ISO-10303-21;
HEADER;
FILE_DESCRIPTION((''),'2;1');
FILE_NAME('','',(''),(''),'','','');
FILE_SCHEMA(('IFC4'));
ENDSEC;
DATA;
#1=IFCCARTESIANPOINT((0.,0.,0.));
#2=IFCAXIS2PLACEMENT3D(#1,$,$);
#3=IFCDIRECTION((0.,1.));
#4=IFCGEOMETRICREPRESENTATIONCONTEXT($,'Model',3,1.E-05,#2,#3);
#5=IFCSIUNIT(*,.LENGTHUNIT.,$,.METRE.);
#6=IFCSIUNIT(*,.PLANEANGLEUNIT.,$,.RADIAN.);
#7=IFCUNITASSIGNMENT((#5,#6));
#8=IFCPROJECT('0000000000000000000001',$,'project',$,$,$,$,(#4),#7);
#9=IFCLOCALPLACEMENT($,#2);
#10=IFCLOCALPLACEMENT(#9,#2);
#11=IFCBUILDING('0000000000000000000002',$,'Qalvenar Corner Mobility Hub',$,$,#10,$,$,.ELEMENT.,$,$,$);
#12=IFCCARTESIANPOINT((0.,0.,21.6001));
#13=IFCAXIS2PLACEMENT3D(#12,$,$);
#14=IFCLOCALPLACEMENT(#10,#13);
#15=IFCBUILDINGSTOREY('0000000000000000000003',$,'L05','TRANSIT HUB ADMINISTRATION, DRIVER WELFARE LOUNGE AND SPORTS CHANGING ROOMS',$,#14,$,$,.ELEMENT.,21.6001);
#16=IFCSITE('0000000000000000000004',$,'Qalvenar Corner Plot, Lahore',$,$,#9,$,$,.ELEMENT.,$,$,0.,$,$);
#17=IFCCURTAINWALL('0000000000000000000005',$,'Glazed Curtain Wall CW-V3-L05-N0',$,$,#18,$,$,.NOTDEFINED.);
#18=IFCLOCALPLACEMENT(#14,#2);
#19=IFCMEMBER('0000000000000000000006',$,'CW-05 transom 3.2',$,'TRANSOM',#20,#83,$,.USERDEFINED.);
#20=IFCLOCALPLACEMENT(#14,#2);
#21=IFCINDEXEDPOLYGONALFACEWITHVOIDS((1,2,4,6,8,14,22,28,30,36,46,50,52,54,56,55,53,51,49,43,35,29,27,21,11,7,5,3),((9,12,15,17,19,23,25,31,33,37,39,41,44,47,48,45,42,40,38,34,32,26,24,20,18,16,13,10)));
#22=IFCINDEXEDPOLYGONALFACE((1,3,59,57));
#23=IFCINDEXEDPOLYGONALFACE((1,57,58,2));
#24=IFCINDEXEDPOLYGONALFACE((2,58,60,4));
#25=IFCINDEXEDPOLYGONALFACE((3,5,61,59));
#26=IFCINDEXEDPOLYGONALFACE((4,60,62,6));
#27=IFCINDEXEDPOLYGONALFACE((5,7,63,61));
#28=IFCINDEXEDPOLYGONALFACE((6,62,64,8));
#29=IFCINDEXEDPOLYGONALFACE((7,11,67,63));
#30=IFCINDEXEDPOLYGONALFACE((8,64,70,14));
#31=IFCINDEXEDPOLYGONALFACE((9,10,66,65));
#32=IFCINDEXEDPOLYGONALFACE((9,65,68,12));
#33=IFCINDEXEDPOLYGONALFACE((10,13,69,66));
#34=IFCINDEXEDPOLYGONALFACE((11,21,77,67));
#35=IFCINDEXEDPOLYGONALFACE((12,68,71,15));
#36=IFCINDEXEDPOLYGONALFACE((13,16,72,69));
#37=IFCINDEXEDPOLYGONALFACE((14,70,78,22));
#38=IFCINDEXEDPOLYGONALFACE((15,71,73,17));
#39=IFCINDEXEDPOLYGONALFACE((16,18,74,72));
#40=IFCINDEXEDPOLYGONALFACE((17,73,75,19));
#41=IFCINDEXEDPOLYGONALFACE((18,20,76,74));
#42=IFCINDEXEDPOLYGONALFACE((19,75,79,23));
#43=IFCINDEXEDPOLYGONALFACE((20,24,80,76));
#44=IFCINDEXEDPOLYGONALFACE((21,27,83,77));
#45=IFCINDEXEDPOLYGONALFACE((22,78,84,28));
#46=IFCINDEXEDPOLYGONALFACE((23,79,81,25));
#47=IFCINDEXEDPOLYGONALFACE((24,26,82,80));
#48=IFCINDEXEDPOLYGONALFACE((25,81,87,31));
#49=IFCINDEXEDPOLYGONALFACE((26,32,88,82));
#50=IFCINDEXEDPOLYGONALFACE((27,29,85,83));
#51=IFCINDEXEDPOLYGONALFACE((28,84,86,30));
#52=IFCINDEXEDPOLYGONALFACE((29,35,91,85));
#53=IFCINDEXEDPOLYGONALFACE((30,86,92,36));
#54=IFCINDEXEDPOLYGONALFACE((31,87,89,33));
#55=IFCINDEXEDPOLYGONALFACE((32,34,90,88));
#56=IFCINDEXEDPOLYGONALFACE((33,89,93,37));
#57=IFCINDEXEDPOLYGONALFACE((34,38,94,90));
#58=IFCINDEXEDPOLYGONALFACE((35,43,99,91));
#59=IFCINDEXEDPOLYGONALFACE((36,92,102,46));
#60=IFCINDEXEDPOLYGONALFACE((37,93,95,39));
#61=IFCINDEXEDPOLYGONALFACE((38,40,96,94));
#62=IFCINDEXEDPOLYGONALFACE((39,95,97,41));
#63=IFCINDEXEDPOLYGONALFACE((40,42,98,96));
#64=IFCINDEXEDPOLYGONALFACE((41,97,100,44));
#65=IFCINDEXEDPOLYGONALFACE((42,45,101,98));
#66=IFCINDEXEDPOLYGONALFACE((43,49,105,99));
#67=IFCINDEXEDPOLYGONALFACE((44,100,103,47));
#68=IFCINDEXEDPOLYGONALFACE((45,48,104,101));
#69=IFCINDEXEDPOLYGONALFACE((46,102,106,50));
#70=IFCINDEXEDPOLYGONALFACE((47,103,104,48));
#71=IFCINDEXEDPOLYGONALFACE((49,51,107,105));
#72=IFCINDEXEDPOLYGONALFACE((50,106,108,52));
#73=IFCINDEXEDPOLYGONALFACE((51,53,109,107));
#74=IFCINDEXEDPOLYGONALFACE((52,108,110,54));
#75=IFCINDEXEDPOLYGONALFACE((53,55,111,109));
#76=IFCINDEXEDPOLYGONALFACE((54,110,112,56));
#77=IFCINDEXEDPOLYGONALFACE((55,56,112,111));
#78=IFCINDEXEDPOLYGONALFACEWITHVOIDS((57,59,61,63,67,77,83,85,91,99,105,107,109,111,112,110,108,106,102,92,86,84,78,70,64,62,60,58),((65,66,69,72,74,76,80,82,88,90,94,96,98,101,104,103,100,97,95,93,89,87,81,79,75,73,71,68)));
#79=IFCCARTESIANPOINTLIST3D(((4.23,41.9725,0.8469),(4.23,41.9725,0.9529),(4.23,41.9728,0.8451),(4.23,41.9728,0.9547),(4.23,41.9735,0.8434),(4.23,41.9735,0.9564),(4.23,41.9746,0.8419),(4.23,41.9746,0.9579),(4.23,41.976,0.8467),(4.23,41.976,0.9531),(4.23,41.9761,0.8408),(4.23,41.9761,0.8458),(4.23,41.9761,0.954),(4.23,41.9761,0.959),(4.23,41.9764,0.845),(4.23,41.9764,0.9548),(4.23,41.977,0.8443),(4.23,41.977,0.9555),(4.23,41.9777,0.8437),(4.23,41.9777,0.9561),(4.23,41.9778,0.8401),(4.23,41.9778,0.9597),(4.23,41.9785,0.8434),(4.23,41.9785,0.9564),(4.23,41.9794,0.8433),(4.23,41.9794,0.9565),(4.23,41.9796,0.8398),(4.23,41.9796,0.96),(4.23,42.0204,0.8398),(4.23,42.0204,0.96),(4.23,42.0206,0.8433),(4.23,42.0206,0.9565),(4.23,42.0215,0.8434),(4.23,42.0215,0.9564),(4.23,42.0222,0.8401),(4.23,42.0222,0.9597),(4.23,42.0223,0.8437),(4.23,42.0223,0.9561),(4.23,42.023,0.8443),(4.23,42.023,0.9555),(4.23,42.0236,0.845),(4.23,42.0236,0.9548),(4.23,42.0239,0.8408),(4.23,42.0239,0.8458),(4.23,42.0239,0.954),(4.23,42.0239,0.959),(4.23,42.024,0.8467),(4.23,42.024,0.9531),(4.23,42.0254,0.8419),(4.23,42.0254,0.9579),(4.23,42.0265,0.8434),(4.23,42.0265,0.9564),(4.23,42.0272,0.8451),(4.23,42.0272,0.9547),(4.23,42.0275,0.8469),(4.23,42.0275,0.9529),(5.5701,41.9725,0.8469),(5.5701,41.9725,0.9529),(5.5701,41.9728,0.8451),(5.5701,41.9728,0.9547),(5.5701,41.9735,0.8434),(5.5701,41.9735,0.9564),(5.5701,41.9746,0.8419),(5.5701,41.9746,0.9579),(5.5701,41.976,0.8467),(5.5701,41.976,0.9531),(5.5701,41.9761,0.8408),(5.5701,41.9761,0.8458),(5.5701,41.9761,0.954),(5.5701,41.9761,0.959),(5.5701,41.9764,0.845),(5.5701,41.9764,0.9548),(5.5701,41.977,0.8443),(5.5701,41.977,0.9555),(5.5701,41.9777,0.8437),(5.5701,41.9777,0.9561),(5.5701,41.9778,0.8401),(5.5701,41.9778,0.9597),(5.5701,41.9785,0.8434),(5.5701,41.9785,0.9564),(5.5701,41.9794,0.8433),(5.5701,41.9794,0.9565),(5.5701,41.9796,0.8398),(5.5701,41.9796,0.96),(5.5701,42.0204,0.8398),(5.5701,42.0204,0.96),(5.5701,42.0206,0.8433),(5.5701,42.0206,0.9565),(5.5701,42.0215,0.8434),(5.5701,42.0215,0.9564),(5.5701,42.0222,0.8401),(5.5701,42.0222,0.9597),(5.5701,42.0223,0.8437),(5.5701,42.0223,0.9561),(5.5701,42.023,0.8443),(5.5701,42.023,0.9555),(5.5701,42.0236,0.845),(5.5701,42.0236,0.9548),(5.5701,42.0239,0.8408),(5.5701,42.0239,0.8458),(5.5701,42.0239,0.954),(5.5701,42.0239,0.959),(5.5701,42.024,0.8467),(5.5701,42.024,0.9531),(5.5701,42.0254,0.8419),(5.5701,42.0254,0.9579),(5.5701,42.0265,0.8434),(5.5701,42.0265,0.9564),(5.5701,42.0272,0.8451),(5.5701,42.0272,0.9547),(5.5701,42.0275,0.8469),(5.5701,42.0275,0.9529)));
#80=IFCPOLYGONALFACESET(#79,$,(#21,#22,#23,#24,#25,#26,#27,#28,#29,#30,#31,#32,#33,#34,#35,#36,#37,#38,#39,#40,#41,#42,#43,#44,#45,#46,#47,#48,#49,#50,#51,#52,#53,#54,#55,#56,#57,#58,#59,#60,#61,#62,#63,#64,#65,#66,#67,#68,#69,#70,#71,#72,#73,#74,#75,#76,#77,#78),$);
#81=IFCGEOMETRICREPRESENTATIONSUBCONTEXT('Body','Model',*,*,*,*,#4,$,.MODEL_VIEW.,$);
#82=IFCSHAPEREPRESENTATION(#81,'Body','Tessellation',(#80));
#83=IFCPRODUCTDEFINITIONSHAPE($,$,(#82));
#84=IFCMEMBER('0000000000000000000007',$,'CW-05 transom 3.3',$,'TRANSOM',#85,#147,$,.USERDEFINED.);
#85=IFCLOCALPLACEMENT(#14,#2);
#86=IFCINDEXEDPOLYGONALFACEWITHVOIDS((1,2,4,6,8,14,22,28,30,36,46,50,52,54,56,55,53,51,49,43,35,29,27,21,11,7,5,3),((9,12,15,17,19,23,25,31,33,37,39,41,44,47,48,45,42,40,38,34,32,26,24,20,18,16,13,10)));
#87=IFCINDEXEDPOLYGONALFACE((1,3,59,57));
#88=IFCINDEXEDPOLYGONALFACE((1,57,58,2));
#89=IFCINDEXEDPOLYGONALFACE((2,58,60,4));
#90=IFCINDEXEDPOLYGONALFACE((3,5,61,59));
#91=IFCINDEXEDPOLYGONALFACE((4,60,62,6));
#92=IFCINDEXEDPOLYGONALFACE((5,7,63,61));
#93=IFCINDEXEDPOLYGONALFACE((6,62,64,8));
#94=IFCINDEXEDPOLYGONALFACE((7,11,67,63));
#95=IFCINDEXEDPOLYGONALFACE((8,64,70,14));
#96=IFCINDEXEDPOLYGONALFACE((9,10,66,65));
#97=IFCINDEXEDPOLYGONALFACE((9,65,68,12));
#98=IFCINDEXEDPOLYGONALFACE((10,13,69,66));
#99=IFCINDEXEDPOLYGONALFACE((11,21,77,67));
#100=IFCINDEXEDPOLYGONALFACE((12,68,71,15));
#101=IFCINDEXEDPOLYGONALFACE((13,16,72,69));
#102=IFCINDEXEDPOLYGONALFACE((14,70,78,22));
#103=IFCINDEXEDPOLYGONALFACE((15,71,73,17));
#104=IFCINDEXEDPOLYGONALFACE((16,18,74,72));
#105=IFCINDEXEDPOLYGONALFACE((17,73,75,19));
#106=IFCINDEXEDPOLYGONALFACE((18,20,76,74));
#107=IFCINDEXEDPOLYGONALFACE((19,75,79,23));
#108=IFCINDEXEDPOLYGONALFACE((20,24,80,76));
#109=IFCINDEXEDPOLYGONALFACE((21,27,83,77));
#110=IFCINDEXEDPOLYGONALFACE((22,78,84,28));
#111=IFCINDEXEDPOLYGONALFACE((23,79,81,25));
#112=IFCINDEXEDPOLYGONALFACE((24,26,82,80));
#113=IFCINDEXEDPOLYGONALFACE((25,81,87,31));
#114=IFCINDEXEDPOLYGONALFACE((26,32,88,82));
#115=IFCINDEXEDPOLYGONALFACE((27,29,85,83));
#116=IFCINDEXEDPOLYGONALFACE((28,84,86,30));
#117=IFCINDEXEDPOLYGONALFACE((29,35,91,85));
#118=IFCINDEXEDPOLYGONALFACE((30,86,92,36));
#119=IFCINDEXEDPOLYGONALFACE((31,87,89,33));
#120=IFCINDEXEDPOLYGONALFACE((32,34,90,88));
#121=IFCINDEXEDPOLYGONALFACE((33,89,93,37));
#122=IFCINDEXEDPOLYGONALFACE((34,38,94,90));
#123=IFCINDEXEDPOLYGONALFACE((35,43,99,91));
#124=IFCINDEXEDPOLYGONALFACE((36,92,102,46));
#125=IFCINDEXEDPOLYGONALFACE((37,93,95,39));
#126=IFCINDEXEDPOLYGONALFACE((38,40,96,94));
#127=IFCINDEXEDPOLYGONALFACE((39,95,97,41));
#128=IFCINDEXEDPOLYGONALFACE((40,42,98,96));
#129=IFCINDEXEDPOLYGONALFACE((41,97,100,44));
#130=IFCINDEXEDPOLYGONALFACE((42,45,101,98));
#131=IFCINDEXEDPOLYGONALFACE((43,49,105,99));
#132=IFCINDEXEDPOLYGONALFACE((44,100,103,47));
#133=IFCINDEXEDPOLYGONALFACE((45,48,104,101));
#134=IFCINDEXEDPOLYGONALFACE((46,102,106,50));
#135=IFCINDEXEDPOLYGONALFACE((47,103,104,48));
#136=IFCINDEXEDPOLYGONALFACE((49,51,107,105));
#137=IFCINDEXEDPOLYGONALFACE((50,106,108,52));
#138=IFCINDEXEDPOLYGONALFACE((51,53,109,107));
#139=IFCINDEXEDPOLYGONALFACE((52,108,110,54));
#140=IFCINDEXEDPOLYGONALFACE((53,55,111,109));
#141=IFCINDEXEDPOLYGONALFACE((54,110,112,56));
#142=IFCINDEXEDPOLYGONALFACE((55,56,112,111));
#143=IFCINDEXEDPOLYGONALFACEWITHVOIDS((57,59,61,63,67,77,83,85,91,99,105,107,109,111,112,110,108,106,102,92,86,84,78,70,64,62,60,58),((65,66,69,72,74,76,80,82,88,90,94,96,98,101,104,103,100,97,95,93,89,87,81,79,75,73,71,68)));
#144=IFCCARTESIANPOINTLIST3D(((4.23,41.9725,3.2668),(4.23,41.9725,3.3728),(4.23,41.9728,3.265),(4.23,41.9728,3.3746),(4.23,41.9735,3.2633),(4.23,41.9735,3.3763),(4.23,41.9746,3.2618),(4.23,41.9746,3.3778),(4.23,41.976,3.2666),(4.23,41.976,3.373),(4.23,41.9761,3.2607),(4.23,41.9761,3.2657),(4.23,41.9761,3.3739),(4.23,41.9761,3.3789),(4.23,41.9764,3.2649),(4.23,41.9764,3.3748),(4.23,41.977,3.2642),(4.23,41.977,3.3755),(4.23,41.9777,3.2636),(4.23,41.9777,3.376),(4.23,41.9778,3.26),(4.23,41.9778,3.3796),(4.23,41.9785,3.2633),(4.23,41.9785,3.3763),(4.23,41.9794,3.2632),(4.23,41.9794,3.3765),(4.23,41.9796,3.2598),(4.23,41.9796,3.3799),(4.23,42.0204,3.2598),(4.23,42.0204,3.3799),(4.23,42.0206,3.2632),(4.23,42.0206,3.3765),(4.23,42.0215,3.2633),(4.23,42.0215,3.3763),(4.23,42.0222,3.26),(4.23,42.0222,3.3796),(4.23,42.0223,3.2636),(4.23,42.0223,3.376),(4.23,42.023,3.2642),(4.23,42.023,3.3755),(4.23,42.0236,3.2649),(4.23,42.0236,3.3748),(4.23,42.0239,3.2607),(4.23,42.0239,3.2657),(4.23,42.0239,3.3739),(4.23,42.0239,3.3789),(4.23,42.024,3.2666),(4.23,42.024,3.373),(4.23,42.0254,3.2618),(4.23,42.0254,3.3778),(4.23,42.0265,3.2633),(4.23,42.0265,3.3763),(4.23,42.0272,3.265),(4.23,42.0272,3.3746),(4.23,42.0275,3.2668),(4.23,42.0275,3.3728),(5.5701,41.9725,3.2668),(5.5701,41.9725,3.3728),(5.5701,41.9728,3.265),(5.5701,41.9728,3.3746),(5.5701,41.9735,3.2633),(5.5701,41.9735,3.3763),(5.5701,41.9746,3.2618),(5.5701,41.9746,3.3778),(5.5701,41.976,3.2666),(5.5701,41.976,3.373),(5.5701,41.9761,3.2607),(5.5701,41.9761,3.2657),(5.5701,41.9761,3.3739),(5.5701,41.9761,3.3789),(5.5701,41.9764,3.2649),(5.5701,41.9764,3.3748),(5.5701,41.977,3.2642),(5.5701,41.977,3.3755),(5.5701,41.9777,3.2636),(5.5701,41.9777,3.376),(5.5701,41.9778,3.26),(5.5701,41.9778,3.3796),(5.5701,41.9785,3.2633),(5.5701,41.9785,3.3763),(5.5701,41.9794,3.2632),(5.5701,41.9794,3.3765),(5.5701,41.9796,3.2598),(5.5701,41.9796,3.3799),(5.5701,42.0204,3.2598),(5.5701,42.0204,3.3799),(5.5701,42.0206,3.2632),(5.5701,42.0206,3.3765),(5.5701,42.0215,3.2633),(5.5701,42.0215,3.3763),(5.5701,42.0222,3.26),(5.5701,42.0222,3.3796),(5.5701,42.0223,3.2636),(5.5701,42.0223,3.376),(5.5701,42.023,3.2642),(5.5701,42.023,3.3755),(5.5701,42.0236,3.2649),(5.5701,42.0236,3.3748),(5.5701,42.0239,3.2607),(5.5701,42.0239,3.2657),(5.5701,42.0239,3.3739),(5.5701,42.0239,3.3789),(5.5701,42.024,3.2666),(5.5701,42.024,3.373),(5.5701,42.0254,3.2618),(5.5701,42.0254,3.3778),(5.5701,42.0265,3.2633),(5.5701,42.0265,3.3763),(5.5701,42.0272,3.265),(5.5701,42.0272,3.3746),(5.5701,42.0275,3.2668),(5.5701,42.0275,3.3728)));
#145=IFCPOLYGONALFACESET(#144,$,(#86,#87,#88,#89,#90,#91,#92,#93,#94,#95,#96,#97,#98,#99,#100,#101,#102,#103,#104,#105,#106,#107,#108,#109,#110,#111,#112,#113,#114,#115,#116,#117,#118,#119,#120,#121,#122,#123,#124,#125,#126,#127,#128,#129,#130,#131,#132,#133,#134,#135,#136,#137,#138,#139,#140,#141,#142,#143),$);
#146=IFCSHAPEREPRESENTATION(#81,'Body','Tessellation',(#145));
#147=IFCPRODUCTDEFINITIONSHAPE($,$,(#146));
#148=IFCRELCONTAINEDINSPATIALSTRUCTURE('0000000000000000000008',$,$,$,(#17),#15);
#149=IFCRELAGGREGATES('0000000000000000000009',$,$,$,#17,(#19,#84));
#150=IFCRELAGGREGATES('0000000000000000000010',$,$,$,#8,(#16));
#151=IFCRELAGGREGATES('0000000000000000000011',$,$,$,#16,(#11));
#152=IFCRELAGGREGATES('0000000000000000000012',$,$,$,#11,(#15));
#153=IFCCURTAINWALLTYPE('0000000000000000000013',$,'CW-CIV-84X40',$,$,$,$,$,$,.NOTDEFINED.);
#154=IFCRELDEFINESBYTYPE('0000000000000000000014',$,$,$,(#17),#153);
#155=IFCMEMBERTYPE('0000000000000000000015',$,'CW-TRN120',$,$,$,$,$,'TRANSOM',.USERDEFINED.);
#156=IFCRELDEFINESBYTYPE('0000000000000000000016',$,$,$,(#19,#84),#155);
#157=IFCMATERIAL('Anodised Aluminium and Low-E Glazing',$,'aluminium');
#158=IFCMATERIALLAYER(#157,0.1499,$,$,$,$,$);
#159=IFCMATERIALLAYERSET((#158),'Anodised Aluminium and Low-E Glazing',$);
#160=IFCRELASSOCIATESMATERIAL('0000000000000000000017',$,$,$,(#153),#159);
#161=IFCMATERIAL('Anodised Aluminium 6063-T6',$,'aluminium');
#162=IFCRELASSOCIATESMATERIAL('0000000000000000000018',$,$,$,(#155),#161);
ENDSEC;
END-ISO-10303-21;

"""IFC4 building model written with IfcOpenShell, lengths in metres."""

from ifc_helpers import new_model, si_unit, direction, frame, origin, origin_2d, place, context, subcontext, project, spatial, hollow_rectangle, extrude, material, layer, layer_set, material_profile, profile_set, type_object, element, aggregate, save


model = new_model("IFC4")

# Units and contexts
model_context = context("Model", 3, precision=1e-05, world=origin(), true_north=direction((0.0, 1.0)))
body_context = subcontext(model_context, "Body", "Model", "MODEL_VIEW")
ifc_project = project(units=[si_unit("LENGTHUNIT", "METRE"), si_unit("PLANEANGLEUNIT", "RADIAN")], contexts=[model_context])

# Site, building, storey
site_placement = place(None, origin())
site = spatial("IfcSite", under=ifc_project, at=site_placement, Name="Qalvenar Corner Plot, Lahore", CompositionType="ELEMENT", RefElevation=0.0)
building_placement = place(site_placement, origin())
building = spatial("IfcBuilding", under=site, at=building_placement, Name="Qalvenar Corner Mobility Hub", CompositionType="ELEMENT")
storey_placement = place(building_placement, frame((0.0, 0.0, 21.6001)))
storey = spatial("IfcBuildingStorey", under=building, at=storey_placement, Name="L05", Description="TRANSIT HUB ADMINISTRATION, DRIVER WELFARE LOUNGE AND SPORTS CHANGING ROOMS", CompositionType="ELEMENT", Elevation=21.6001)

# Curtain wall, members
ifc_material_1 = material(Name="Anodised Aluminium and Low-E Glazing", Category="aluminium")
ifc_layer_1 = layer(ifc_material_1, 0.1499)
ifc_layer_set_1 = layer_set([ifc_layer_1], Name="Anodised Aluminium and Low-E Glazing")
curtain_wall_type = type_object("IfcCurtainWallType", Name="CW-CIV-84X40", PredefinedType="NOTDEFINED", material=ifc_layer_set_1)
curtain_wall_placement = place(storey_placement, origin())
curtain_wall = element("IfcCurtainWall", 1, at=curtain_wall_placement, inside=storey, type_object=curtain_wall_type, Name="Glazed Curtain Wall CW-V3-L05-N0", PredefinedType="NOTDEFINED")
ifc_material_2 = material(Name="Anodised Aluminium 6063-T6", Category="aluminium")
ifc_material_profile_1 = material_profile(ifc_material_2, hollow_rectangle(XDim=0.0549, YDim=0.1201, WallThickness=0.0034, InnerFilletRadius=0.0034, OuterFilletRadius=0.0071, at=origin_2d()), Name="RHS120x55x3.5")
ifc_profile_set_1 = profile_set([ifc_material_profile_1], Name="Anodised Aluminium 6063-T6")
member_type_1 = type_object("IfcMemberType", Name="CW-TRN120", ElementType="TRANSOM", PredefinedType="USERDEFINED", material=ifc_profile_set_1)
member_1_placement = place(storey_placement, frame((5.5701, 42.0, 0.8999), z_axis=(-1.0, 0.0, 0.0), x_axis=(0.0, -1.0, 0.0)))
member_1 = element("IfcMember", 2, at=member_1_placement, type_object=member_type_1, Name="CW-05 transom 3.2", ObjectType="TRANSOM", PredefinedType="USERDEFINED", context=body_context, shape_type="SweptSolid", body=[
    extrude(hollow_rectangle(XDim=0.0549, YDim=0.1201, WallThickness=0.0034, InnerFilletRadius=0.0034, OuterFilletRadius=0.0071, at=origin_2d()), origin(), (0.0, 0.0, 1.0), 1.3401),
])
member_2_placement = place(storey_placement, frame((5.5701, 42.0, 3.3198), z_axis=(-1.0, 0.0, 0.0), x_axis=(0.0, -1.0, 0.0)))
member_2 = element("IfcMember", 3, at=member_2_placement, type_object=member_type_1, Name="CW-05 transom 3.3", ObjectType="TRANSOM", PredefinedType="USERDEFINED", context=body_context, shape_type="SweptSolid", body=[
    extrude(hollow_rectangle(XDim=0.0549, YDim=0.1201, WallThickness=0.0034, InnerFilletRadius=0.0034, OuterFilletRadius=0.0071, at=origin_2d()), origin(), (0.0, 0.0, 1.0), 1.3401),
])
aggregate(curtain_wall, [member_1, member_2])

save(model, "model.ifc")
